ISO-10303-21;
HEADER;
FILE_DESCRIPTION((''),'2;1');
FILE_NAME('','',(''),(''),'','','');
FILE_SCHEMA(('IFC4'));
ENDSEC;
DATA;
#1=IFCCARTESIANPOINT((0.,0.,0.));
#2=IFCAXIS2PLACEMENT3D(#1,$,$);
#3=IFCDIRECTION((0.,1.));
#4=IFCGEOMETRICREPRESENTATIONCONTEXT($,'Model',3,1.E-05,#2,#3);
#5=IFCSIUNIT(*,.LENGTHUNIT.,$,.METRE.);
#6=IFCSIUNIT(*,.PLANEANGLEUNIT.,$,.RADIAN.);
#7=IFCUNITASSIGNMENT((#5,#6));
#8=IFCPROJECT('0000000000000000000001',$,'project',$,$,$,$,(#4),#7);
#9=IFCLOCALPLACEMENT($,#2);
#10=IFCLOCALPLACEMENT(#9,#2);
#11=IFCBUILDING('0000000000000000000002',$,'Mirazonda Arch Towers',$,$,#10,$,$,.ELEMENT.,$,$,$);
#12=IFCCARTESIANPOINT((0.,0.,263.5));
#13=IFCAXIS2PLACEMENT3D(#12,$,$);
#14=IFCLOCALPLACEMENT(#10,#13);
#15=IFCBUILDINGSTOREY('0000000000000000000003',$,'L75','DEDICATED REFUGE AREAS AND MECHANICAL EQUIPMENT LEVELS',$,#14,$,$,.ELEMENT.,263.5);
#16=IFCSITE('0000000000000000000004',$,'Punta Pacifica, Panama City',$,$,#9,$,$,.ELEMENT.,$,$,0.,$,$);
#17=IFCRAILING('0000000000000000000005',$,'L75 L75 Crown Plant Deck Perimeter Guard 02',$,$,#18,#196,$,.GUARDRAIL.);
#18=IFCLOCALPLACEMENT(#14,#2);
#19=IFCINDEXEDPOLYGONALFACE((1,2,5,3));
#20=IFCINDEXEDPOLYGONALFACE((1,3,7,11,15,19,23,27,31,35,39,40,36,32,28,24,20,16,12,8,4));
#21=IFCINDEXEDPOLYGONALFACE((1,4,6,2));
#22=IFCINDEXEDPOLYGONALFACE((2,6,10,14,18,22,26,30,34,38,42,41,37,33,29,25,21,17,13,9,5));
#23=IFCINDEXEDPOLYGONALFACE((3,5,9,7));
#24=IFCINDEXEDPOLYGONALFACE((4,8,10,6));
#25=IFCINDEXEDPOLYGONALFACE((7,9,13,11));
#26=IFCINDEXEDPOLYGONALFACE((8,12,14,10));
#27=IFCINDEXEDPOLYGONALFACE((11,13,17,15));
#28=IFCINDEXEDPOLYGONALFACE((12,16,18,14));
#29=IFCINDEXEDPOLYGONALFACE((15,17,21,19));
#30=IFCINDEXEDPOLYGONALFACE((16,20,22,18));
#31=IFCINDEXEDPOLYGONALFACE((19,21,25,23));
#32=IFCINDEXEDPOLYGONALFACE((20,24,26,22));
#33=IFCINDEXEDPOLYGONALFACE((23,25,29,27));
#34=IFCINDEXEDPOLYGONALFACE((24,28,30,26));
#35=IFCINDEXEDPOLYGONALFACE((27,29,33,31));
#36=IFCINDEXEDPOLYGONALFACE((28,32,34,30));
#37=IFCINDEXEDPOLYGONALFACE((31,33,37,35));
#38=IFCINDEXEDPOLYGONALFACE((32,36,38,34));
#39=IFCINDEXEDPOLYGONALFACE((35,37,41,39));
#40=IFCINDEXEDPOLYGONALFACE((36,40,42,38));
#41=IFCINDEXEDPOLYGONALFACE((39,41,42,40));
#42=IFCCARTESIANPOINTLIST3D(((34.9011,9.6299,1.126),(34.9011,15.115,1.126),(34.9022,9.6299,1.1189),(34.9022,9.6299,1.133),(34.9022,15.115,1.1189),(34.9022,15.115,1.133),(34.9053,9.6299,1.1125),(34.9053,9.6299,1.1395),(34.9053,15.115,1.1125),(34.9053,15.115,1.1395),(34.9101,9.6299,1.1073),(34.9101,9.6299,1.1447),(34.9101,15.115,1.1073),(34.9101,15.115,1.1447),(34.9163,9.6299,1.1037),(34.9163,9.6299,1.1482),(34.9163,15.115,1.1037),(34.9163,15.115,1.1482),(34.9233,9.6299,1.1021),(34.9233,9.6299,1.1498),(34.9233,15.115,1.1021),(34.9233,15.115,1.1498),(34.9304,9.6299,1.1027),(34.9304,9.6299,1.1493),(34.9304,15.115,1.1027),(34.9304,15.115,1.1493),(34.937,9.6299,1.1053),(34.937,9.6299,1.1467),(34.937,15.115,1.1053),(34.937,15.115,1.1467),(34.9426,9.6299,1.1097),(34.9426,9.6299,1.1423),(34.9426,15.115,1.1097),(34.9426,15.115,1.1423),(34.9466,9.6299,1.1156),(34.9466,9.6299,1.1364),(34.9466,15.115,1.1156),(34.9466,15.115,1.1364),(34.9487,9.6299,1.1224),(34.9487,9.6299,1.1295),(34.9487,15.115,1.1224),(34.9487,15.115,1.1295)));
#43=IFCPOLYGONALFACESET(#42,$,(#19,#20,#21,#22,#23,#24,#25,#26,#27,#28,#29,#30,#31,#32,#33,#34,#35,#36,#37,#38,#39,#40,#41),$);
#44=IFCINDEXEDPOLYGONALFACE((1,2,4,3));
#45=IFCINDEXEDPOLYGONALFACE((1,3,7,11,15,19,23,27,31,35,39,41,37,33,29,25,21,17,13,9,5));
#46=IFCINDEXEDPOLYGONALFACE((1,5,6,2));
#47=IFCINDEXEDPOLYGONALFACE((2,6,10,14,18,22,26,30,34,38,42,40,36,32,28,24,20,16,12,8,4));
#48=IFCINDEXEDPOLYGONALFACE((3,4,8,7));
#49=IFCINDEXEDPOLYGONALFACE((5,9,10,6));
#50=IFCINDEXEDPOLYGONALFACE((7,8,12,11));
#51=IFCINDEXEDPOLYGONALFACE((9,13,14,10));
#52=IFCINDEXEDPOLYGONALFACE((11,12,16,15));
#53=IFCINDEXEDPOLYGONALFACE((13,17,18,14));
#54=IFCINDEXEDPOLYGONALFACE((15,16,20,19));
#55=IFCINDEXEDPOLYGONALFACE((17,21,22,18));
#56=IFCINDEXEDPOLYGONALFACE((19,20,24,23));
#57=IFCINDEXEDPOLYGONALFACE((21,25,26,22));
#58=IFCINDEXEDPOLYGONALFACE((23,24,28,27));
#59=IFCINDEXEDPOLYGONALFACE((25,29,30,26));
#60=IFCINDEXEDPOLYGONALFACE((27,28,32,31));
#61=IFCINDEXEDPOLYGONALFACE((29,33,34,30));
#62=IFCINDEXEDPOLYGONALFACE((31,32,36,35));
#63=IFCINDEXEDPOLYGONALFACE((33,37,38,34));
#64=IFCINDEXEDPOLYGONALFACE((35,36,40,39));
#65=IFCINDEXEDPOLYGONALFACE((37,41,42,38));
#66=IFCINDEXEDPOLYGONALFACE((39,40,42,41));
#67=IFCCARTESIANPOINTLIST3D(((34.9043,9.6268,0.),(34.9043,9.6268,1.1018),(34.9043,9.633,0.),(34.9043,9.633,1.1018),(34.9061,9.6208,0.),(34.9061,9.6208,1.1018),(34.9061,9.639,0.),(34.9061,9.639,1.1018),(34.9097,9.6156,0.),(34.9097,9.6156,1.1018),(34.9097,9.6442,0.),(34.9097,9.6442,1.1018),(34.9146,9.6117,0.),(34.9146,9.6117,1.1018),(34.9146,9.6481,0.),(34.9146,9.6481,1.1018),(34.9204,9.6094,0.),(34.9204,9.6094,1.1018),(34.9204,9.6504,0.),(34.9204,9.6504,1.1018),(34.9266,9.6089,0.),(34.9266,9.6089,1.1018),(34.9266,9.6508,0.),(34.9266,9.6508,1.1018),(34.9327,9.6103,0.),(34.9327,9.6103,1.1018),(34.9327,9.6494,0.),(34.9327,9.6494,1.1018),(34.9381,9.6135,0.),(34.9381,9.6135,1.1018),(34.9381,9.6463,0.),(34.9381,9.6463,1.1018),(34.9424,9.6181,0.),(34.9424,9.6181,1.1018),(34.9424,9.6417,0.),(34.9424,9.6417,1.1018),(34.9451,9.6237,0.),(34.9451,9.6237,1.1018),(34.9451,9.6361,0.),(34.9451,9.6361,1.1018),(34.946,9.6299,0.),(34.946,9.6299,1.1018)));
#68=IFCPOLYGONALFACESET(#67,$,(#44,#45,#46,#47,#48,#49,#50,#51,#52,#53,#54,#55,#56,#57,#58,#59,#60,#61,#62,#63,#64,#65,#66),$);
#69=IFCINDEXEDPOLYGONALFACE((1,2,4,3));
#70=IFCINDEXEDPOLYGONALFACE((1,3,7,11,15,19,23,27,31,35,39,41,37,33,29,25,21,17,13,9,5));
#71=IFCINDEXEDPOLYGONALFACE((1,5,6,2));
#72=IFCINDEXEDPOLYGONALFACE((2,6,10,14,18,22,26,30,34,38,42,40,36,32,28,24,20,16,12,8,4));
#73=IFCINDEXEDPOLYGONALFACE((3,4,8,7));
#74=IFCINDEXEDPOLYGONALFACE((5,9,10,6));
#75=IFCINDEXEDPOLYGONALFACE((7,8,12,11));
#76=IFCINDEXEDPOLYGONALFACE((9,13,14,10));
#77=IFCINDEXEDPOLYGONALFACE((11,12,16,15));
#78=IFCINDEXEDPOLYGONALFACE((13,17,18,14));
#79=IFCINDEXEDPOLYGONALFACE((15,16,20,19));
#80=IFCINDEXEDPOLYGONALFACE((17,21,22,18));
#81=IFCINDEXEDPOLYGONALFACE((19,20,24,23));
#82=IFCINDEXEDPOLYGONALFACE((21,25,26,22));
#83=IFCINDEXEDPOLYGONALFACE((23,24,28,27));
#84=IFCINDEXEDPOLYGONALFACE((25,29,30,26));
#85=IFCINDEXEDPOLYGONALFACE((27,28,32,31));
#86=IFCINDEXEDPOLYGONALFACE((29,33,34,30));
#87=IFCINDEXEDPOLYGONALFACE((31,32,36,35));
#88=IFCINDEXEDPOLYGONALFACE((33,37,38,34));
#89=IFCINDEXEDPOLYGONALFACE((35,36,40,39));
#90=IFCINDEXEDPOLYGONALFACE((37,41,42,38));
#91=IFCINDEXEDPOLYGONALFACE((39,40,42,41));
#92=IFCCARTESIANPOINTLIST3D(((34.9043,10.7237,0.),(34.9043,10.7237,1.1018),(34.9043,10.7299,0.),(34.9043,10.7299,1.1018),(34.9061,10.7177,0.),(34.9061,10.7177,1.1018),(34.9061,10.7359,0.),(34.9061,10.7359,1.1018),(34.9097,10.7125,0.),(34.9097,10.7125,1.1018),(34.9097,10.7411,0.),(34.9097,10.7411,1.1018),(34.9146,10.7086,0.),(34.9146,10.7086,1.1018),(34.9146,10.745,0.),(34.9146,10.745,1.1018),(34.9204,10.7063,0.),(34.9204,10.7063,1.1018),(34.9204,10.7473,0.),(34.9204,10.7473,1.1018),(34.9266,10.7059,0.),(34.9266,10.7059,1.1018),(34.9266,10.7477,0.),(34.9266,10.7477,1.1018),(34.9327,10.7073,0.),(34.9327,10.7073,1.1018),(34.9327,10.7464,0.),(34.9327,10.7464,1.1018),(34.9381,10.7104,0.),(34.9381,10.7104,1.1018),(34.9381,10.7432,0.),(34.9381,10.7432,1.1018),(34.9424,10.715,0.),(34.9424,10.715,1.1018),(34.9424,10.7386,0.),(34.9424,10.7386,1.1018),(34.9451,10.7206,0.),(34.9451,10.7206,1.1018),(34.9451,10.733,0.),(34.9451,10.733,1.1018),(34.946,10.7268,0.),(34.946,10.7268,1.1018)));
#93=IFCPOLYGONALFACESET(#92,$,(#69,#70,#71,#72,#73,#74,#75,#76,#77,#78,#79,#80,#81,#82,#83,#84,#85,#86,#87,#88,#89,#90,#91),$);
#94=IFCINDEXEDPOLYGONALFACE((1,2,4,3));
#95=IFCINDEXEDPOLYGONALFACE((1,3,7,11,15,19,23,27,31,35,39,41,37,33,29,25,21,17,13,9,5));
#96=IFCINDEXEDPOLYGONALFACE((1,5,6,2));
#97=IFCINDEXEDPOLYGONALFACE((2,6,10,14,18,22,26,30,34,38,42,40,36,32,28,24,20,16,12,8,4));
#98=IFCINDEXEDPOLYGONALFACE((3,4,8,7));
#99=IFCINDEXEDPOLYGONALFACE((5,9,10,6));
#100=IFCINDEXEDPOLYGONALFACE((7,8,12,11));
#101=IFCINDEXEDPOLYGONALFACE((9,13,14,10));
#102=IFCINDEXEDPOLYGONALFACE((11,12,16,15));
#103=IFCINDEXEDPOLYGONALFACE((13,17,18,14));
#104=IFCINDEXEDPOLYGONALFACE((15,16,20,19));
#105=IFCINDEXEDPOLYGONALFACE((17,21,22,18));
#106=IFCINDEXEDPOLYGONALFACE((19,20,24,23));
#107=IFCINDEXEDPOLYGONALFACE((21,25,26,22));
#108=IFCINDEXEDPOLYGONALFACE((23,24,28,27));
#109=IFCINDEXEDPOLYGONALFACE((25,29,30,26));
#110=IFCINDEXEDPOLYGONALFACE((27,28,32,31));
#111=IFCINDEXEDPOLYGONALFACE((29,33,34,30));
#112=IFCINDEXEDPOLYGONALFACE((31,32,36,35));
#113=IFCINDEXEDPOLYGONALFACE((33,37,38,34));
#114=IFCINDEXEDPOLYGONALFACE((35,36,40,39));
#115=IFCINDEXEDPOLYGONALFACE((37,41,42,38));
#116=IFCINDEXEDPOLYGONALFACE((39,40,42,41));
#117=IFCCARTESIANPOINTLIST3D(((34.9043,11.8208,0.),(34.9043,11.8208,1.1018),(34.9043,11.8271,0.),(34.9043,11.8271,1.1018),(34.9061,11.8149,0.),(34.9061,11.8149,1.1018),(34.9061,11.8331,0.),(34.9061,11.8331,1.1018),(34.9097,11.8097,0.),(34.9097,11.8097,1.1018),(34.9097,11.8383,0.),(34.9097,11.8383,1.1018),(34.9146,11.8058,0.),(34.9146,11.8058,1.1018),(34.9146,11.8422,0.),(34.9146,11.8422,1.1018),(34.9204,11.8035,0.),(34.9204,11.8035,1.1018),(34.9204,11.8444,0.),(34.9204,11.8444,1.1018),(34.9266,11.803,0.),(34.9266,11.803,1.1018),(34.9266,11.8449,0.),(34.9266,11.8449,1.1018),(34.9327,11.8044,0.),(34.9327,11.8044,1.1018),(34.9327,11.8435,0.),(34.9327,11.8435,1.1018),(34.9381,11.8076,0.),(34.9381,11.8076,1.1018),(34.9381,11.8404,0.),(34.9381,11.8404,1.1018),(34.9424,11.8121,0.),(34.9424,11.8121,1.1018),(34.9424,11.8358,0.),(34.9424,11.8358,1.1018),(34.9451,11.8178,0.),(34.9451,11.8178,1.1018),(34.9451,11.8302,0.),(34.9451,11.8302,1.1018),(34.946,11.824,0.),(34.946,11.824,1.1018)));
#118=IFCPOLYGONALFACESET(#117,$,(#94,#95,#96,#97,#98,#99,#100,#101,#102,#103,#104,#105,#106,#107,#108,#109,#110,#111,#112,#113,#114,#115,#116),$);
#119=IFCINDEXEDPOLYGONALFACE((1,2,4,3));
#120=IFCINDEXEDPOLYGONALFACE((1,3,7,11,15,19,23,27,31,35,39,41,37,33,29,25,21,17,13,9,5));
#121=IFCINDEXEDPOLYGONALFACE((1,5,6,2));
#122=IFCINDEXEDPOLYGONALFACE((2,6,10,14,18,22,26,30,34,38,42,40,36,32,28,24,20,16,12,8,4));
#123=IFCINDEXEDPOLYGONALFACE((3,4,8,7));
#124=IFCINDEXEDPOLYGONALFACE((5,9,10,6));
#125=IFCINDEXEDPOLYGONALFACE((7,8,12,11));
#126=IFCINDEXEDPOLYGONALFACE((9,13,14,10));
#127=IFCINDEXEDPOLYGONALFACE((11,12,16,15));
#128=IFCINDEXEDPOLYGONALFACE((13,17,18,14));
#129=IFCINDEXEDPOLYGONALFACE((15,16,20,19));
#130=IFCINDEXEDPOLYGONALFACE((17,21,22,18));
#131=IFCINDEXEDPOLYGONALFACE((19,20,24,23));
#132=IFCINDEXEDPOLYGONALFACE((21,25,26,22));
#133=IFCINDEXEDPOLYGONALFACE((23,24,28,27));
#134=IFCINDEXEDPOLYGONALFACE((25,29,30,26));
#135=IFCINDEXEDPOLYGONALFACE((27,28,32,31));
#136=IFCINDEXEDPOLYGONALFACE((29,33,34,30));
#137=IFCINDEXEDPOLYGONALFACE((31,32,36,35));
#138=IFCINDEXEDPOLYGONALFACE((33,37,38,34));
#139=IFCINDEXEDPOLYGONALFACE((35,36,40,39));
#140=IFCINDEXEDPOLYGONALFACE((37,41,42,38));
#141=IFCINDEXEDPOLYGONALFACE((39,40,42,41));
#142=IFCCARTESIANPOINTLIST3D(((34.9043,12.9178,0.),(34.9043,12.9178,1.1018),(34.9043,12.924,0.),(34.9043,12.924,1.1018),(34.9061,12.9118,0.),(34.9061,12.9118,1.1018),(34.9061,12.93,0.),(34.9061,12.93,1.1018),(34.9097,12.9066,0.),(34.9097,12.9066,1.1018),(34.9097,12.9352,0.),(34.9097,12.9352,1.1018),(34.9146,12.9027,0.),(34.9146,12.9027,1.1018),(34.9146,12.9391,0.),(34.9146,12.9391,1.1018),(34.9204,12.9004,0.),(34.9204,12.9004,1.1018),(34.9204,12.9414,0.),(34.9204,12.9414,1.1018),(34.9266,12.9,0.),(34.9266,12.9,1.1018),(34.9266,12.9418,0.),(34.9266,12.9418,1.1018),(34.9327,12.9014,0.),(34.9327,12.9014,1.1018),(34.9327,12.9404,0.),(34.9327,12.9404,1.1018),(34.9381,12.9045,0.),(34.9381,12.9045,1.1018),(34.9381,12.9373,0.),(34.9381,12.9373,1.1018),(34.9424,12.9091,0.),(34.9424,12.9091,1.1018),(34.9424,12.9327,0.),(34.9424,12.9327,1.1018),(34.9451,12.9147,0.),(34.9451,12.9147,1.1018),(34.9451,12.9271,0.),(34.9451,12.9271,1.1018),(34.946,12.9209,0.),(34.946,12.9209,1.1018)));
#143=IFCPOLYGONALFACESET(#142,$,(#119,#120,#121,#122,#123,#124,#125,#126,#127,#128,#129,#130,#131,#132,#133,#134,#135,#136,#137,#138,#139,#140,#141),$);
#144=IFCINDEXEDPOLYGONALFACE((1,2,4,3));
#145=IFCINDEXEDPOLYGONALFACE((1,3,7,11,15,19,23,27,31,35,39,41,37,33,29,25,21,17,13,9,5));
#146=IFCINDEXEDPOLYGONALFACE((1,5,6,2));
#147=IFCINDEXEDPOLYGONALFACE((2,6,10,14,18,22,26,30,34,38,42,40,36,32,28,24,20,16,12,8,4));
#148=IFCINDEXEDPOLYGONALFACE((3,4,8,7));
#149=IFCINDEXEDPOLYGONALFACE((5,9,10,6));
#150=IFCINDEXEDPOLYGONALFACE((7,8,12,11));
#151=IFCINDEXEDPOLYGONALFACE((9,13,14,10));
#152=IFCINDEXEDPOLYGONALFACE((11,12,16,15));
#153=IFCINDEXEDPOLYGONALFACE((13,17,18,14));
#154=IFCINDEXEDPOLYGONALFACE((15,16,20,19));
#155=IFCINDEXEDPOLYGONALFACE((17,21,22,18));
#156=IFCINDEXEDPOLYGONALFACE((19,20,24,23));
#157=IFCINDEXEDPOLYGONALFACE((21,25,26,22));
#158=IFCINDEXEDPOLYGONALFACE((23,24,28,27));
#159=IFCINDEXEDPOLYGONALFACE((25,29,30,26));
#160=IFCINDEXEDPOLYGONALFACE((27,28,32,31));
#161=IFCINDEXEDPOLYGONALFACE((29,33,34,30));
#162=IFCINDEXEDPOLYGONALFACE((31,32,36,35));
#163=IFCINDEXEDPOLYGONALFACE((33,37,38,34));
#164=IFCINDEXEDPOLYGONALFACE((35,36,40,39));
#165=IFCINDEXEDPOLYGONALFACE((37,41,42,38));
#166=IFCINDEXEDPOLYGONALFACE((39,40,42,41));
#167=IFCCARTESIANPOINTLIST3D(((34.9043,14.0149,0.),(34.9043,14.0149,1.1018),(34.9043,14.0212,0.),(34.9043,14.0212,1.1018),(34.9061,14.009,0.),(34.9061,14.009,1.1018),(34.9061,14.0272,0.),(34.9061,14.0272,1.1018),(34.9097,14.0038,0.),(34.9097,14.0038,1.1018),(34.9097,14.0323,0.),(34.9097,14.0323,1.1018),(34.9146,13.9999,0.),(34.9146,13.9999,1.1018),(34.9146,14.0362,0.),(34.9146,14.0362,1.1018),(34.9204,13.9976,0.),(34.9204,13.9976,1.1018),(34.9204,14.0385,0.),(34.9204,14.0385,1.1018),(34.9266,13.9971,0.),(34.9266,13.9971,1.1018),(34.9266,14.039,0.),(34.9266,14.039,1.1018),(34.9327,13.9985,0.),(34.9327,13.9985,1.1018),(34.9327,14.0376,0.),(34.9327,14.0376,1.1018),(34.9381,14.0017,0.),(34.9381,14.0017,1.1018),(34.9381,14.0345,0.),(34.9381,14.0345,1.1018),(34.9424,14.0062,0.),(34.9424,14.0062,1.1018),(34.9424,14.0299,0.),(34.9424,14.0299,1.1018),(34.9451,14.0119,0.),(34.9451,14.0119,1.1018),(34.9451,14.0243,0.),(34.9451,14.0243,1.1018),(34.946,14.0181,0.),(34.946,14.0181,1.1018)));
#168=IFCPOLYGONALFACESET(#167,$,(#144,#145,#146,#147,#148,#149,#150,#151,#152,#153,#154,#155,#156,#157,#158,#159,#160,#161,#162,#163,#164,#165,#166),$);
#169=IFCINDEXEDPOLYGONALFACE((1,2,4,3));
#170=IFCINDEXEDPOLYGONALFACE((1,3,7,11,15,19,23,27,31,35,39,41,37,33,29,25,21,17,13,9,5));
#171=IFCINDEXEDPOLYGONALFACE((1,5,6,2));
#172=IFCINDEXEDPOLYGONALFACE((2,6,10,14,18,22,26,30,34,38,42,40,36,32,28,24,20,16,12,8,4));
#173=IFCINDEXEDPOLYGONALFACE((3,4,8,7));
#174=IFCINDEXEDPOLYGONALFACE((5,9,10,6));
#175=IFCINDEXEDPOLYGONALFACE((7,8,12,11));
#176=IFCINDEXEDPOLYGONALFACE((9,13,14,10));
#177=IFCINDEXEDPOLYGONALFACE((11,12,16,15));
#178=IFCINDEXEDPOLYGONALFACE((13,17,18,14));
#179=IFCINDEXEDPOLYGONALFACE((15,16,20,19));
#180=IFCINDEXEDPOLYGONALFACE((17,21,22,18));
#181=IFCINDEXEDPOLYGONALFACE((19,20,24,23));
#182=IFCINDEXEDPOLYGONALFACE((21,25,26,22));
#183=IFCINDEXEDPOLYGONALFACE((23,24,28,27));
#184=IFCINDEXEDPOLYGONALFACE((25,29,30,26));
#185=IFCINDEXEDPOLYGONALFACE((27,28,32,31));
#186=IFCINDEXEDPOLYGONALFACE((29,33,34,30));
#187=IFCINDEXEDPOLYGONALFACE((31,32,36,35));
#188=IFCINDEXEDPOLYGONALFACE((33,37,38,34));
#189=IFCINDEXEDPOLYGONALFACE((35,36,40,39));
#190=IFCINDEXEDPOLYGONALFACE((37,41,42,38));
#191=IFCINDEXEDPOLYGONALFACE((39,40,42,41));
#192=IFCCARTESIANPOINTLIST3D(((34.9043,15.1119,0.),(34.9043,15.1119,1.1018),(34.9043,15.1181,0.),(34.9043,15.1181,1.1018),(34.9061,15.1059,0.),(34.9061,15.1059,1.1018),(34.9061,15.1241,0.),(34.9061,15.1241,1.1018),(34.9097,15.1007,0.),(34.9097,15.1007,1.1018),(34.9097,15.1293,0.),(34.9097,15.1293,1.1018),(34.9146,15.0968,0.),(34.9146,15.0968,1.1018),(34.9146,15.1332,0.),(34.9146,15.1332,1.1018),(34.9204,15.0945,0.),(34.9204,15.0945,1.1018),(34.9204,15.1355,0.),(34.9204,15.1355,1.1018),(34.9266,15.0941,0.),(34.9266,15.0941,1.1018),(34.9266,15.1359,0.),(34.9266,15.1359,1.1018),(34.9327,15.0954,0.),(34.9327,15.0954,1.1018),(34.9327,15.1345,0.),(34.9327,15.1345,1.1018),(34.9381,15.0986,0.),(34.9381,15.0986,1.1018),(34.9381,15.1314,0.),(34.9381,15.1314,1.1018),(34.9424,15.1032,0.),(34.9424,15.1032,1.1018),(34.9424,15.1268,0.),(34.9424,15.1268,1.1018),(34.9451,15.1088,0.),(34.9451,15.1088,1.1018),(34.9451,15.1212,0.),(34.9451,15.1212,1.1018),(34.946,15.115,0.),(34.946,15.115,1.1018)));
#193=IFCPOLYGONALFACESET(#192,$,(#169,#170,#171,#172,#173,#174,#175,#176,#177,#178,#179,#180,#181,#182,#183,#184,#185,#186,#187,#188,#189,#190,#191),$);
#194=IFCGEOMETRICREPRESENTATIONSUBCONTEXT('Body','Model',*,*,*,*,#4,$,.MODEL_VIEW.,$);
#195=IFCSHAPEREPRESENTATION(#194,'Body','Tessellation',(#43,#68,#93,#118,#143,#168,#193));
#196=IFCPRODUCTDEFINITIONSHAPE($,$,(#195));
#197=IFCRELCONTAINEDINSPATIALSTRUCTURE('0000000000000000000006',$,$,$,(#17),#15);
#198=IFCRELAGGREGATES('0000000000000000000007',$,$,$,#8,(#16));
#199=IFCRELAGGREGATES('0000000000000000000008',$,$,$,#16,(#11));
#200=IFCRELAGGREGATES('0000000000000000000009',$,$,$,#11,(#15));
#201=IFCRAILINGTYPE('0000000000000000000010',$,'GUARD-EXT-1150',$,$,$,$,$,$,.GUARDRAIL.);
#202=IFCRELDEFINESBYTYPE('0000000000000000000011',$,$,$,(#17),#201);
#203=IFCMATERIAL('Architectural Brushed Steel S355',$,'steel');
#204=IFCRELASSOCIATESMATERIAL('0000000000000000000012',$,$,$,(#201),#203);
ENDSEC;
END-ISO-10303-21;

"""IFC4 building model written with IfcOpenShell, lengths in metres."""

from ifc_helpers import new_model, si_unit, direction, frame, origin, origin_2d, place, context, subcontext, project, spatial, circle, extrude, material, type_object, element, save


model = new_model("IFC4")

# Units and contexts
model_context = context("Model", 3, precision=1e-05, world=origin(), true_north=direction((0.0, 1.0)))
body_context = subcontext(model_context, "Body", "Model", "MODEL_VIEW")
ifc_project = project(units=[si_unit("LENGTHUNIT", "METRE"), si_unit("PLANEANGLEUNIT", "RADIAN")], contexts=[model_context])

# Site, building, storey
site_placement = place(None, origin())
site = spatial("IfcSite", under=ifc_project, at=site_placement, Name="Punta Pacifica, Panama City", CompositionType="ELEMENT", RefElevation=0.0)
building_placement = place(site_placement, origin())
building = spatial("IfcBuilding", under=site, at=building_placement, Name="Mirazonda Arch Towers", CompositionType="ELEMENT")
storey_placement = place(building_placement, frame((0.0, 0.0, 263.5)))
storey = spatial("IfcBuildingStorey", under=building, at=storey_placement, Name="L75", Description="DEDICATED REFUGE AREAS AND MECHANICAL EQUIPMENT LEVELS", CompositionType="ELEMENT", Elevation=263.5)

# Railing
ifc_material_1 = material(Name="Architectural Brushed Steel S355", Category="steel")
railing_type = type_object("IfcRailingType", Name="GUARD-EXT-1150", PredefinedType="GUARDRAIL", material=ifc_material_1)
railing_1_placement = place(storey_placement, frame((34.925, 9.6299, 0.0)))
element("IfcRailing", 1, at=railing_1_placement, inside=storey, type_object=railing_type, Name="L75 L75 Crown Plant Deck Perimeter Guard 02", PredefinedType="GUARDRAIL", context=body_context, shape_type="SweptSolid", body=[
    extrude(circle(Radius=0.0239, at=origin_2d()), frame((0.0, 0.0, 1.126), z_axis=(0.0, 1.0, 0.0), x_axis=(-1.0, 0.0, 0.0)), (0.0, 0.0, 1.0), 5.4851),
    extrude(circle(Radius=0.021, at=origin_2d()), origin(), (0.0, 0.0, 1.0), 1.1018),
    extrude(circle(Radius=0.021, at=origin_2d()), frame((0.0, 1.0969, 0.0)), (0.0, 0.0, 1.0), 1.1018),
    extrude(circle(Radius=0.021, at=origin_2d()), frame((0.0, 2.1941, 0.0)), (0.0, 0.0, 1.0), 1.1018),
    extrude(circle(Radius=0.021, at=origin_2d()), frame((0.0, 3.291, 0.0)), (0.0, 0.0, 1.0), 1.1018),
    extrude(circle(Radius=0.021, at=origin_2d()), frame((0.0, 4.3882, 0.0)), (0.0, 0.0, 1.0), 1.1018),
    extrude(circle(Radius=0.021, at=origin_2d()), frame((0.0, 5.4851, 0.0)), (0.0, 0.0, 1.0), 1.1018),
])

save(model, "model.ifc")
